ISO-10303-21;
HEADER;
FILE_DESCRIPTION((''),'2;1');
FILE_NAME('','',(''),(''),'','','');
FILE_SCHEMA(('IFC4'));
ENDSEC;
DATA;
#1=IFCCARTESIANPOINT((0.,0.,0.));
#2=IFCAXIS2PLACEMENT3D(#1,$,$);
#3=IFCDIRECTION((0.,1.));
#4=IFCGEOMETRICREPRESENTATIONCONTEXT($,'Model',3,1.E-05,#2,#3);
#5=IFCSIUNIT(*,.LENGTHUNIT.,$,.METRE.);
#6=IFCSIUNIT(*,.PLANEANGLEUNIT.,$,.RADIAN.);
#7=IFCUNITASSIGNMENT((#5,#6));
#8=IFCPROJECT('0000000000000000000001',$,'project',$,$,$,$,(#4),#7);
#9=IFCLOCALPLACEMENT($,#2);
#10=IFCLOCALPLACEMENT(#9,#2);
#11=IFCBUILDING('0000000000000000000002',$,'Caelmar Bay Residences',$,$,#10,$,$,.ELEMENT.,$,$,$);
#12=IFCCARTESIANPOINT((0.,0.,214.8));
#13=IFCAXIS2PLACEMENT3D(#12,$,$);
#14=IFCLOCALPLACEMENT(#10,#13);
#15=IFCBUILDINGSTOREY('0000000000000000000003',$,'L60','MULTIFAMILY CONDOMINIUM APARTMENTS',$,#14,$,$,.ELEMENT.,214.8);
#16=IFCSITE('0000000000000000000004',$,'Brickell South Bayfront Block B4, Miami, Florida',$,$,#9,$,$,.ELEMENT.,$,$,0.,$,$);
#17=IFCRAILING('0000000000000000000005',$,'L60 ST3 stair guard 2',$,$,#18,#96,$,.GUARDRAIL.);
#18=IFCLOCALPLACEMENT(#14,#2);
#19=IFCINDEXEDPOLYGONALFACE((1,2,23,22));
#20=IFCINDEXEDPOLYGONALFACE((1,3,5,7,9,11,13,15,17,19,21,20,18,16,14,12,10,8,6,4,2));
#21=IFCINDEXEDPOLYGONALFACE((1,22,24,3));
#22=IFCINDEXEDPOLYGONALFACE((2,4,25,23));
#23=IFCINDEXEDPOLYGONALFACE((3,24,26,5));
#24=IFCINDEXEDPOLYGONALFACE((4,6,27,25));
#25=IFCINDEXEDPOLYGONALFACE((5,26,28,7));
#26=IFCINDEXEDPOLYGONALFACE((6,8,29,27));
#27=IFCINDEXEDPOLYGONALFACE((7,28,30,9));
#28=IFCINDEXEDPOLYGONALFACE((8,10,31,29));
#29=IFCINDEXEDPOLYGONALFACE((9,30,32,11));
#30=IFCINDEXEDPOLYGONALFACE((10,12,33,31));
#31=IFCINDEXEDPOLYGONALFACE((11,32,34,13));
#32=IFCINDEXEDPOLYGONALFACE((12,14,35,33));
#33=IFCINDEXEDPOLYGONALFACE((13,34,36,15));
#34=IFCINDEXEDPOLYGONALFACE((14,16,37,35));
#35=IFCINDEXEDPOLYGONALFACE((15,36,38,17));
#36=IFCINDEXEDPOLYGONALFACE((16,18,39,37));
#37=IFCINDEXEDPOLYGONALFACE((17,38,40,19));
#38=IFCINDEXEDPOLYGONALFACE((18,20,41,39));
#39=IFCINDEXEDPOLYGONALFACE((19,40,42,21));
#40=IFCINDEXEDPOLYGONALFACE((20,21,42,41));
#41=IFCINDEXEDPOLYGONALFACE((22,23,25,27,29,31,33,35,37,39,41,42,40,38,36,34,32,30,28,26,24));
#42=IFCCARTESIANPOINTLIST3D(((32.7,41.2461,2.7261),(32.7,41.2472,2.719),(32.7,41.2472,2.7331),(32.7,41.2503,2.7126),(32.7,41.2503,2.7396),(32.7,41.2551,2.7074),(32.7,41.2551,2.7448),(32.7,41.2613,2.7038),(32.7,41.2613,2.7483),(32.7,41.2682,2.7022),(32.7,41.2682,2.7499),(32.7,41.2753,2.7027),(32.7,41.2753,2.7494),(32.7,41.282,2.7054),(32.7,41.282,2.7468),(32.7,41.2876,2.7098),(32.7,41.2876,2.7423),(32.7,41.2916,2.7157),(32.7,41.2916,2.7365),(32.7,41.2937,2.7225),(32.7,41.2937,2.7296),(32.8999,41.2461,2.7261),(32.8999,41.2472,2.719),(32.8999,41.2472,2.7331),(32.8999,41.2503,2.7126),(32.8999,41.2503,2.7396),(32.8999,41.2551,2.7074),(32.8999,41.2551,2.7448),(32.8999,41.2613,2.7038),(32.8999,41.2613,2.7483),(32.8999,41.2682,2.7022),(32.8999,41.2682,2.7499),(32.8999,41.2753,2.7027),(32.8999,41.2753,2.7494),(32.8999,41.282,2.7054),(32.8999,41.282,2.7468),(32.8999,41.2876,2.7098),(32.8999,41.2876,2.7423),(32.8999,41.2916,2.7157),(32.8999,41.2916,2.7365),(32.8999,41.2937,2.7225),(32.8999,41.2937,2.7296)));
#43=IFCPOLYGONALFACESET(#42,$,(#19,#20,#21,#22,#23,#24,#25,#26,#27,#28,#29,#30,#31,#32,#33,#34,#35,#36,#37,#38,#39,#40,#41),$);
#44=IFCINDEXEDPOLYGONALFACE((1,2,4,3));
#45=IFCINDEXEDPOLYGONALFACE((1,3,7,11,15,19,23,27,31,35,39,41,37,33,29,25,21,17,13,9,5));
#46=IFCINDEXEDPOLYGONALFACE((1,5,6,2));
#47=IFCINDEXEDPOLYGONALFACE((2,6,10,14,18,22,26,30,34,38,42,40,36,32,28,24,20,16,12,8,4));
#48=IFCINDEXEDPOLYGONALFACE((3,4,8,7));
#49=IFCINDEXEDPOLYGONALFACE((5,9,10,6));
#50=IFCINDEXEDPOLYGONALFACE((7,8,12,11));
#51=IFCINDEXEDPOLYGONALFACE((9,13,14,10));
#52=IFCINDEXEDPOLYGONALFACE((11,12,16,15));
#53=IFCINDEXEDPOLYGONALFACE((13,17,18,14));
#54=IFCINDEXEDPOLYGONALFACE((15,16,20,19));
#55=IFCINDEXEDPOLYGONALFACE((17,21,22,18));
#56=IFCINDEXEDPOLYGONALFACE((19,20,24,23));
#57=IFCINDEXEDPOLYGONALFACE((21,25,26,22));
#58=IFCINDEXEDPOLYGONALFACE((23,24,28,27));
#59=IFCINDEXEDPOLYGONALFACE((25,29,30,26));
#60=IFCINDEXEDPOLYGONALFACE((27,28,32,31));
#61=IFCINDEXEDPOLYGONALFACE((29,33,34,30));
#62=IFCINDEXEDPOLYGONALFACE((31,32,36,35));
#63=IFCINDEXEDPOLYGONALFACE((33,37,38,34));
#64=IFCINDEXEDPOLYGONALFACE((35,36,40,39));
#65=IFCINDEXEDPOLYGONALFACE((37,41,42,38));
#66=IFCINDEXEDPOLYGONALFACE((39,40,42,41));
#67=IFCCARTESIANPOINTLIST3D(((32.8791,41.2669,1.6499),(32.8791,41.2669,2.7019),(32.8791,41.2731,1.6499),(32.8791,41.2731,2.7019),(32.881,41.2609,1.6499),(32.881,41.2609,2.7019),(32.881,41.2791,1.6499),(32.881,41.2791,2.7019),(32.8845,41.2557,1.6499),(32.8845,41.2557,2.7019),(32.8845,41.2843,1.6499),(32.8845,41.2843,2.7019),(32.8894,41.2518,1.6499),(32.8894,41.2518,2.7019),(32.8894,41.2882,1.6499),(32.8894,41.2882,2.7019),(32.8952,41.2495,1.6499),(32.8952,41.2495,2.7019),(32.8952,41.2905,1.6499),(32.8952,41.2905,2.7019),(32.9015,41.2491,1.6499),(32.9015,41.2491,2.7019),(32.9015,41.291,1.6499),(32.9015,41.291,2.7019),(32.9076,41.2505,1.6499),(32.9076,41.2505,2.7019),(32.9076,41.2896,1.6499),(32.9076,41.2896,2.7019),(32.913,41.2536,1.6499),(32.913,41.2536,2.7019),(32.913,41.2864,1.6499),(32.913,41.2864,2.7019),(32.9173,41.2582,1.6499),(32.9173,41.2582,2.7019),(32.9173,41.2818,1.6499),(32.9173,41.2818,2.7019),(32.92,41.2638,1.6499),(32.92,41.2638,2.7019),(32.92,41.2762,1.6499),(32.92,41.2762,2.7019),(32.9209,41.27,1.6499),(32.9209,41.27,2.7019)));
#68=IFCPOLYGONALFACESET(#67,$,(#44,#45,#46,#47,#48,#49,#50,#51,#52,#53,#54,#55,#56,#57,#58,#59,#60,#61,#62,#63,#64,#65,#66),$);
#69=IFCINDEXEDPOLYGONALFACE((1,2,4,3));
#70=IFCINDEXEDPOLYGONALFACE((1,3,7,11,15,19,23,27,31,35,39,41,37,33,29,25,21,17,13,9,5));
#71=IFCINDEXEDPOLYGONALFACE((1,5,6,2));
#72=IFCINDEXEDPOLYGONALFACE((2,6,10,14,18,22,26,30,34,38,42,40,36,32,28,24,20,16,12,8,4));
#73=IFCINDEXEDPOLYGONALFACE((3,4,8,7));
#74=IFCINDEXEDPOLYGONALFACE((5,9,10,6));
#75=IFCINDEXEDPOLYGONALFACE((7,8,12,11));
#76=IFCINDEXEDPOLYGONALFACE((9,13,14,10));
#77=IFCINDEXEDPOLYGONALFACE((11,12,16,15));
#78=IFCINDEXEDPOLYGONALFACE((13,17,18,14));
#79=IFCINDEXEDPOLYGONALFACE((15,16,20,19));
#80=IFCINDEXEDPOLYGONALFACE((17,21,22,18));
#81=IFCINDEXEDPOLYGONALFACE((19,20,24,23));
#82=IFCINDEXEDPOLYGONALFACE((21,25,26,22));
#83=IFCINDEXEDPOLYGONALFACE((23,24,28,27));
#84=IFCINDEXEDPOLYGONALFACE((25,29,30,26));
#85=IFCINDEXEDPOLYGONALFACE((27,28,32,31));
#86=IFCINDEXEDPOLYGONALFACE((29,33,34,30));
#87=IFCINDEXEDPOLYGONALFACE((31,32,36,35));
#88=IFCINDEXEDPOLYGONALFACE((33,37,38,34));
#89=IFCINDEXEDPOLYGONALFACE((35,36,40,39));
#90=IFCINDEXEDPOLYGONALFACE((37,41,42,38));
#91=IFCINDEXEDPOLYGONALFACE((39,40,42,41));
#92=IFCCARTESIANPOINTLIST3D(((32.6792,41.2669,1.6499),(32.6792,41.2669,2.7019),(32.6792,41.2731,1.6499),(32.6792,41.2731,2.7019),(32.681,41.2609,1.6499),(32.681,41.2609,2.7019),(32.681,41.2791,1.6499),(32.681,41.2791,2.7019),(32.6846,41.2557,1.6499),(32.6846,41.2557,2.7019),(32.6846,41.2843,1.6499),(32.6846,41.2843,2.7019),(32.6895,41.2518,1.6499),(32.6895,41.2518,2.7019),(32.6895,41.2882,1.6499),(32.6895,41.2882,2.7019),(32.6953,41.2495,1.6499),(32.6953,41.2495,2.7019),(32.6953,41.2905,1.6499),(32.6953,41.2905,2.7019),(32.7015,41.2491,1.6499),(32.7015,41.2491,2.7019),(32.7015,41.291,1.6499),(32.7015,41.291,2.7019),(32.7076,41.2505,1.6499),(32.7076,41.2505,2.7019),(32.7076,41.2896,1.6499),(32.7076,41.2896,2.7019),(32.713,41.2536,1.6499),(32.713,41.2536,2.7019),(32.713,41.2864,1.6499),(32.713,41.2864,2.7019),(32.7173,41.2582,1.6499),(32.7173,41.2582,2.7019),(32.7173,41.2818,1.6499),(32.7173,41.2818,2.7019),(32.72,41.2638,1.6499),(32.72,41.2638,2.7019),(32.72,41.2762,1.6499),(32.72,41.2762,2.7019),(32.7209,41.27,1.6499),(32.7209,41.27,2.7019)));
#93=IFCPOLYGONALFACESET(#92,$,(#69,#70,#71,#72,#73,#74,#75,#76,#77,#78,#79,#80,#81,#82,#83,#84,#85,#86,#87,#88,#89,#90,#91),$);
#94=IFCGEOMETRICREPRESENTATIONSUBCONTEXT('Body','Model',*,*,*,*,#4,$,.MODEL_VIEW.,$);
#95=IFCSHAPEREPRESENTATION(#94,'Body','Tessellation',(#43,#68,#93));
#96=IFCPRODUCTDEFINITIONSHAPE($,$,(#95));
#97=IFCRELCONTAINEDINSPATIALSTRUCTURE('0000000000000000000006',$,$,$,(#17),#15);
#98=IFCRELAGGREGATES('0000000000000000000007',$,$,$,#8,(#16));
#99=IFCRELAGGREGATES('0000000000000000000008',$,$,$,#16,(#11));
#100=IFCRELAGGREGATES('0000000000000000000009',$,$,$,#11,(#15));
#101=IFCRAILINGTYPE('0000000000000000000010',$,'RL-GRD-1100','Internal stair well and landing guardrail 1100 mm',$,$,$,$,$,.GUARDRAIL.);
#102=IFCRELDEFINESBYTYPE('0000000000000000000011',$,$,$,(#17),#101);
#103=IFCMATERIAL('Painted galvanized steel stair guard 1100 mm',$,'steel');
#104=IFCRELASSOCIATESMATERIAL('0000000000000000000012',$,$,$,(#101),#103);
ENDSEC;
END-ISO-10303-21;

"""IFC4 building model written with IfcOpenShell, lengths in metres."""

from ifc_helpers import new_model, si_unit, direction, frame, origin, origin_2d, place, context, subcontext, project, spatial, circle, extrude, material, type_object, element, save


model = new_model("IFC4")

# Units and contexts
model_context = context("Model", 3, precision=1e-05, world=origin(), true_north=direction((0.0, 1.0)))
body_context = subcontext(model_context, "Body", "Model", "MODEL_VIEW")
ifc_project = project(units=[si_unit("LENGTHUNIT", "METRE"), si_unit("PLANEANGLEUNIT", "RADIAN")], contexts=[model_context])

# Site, building, storey
site_placement = place(None, origin())
site = spatial("IfcSite", under=ifc_project, at=site_placement, Name="Brickell South Bayfront Block B4, Miami, Florida", CompositionType="ELEMENT", RefElevation=0.0)
building_placement = place(site_placement, origin())
building = spatial("IfcBuilding", under=site, at=building_placement, Name="Caelmar Bay Residences", CompositionType="ELEMENT")
storey_placement = place(building_placement, frame((0.0, 0.0, 214.8)))
storey = spatial("IfcBuildingStorey", under=building, at=storey_placement, Name="L60", Description="MULTIFAMILY CONDOMINIUM APARTMENTS", CompositionType="ELEMENT", Elevation=214.8)

# Railing
ifc_material_1 = material(Name="Painted galvanized steel stair guard 1100 mm", Category="steel")
railing_type_1 = type_object("IfcRailingType", Name="RL-GRD-1100", Description="Internal stair well and landing guardrail 1100 mm", PredefinedType="GUARDRAIL", material=ifc_material_1)
railing_1_placement = place(storey_placement, frame((32.8999, 41.27, 1.6499)))
element("IfcRailing", 1, at=railing_1_placement, inside=storey, type_object=railing_type_1, Name="L60 ST3 stair guard 2", PredefinedType="GUARDRAIL", context=body_context, shape_type="SweptSolid", body=[
    extrude(circle(Radius=0.0239, at=origin_2d()), frame((0.0, 0.0, 1.0762), z_axis=(-1.0, 0.0, 0.0), x_axis=(0.0, -1.0, 0.0)), (0.0, 0.0, 1.0), 0.2),
    extrude(circle(Radius=0.021, at=origin_2d()), origin(), (0.0, 0.0, 1.0), 1.052),
    extrude(circle(Radius=0.021, at=origin_2d()), frame((-0.2, 0.0, 0.0)), (0.0, 0.0, 1.0), 1.052),
])

save(model, "model.ifc")
